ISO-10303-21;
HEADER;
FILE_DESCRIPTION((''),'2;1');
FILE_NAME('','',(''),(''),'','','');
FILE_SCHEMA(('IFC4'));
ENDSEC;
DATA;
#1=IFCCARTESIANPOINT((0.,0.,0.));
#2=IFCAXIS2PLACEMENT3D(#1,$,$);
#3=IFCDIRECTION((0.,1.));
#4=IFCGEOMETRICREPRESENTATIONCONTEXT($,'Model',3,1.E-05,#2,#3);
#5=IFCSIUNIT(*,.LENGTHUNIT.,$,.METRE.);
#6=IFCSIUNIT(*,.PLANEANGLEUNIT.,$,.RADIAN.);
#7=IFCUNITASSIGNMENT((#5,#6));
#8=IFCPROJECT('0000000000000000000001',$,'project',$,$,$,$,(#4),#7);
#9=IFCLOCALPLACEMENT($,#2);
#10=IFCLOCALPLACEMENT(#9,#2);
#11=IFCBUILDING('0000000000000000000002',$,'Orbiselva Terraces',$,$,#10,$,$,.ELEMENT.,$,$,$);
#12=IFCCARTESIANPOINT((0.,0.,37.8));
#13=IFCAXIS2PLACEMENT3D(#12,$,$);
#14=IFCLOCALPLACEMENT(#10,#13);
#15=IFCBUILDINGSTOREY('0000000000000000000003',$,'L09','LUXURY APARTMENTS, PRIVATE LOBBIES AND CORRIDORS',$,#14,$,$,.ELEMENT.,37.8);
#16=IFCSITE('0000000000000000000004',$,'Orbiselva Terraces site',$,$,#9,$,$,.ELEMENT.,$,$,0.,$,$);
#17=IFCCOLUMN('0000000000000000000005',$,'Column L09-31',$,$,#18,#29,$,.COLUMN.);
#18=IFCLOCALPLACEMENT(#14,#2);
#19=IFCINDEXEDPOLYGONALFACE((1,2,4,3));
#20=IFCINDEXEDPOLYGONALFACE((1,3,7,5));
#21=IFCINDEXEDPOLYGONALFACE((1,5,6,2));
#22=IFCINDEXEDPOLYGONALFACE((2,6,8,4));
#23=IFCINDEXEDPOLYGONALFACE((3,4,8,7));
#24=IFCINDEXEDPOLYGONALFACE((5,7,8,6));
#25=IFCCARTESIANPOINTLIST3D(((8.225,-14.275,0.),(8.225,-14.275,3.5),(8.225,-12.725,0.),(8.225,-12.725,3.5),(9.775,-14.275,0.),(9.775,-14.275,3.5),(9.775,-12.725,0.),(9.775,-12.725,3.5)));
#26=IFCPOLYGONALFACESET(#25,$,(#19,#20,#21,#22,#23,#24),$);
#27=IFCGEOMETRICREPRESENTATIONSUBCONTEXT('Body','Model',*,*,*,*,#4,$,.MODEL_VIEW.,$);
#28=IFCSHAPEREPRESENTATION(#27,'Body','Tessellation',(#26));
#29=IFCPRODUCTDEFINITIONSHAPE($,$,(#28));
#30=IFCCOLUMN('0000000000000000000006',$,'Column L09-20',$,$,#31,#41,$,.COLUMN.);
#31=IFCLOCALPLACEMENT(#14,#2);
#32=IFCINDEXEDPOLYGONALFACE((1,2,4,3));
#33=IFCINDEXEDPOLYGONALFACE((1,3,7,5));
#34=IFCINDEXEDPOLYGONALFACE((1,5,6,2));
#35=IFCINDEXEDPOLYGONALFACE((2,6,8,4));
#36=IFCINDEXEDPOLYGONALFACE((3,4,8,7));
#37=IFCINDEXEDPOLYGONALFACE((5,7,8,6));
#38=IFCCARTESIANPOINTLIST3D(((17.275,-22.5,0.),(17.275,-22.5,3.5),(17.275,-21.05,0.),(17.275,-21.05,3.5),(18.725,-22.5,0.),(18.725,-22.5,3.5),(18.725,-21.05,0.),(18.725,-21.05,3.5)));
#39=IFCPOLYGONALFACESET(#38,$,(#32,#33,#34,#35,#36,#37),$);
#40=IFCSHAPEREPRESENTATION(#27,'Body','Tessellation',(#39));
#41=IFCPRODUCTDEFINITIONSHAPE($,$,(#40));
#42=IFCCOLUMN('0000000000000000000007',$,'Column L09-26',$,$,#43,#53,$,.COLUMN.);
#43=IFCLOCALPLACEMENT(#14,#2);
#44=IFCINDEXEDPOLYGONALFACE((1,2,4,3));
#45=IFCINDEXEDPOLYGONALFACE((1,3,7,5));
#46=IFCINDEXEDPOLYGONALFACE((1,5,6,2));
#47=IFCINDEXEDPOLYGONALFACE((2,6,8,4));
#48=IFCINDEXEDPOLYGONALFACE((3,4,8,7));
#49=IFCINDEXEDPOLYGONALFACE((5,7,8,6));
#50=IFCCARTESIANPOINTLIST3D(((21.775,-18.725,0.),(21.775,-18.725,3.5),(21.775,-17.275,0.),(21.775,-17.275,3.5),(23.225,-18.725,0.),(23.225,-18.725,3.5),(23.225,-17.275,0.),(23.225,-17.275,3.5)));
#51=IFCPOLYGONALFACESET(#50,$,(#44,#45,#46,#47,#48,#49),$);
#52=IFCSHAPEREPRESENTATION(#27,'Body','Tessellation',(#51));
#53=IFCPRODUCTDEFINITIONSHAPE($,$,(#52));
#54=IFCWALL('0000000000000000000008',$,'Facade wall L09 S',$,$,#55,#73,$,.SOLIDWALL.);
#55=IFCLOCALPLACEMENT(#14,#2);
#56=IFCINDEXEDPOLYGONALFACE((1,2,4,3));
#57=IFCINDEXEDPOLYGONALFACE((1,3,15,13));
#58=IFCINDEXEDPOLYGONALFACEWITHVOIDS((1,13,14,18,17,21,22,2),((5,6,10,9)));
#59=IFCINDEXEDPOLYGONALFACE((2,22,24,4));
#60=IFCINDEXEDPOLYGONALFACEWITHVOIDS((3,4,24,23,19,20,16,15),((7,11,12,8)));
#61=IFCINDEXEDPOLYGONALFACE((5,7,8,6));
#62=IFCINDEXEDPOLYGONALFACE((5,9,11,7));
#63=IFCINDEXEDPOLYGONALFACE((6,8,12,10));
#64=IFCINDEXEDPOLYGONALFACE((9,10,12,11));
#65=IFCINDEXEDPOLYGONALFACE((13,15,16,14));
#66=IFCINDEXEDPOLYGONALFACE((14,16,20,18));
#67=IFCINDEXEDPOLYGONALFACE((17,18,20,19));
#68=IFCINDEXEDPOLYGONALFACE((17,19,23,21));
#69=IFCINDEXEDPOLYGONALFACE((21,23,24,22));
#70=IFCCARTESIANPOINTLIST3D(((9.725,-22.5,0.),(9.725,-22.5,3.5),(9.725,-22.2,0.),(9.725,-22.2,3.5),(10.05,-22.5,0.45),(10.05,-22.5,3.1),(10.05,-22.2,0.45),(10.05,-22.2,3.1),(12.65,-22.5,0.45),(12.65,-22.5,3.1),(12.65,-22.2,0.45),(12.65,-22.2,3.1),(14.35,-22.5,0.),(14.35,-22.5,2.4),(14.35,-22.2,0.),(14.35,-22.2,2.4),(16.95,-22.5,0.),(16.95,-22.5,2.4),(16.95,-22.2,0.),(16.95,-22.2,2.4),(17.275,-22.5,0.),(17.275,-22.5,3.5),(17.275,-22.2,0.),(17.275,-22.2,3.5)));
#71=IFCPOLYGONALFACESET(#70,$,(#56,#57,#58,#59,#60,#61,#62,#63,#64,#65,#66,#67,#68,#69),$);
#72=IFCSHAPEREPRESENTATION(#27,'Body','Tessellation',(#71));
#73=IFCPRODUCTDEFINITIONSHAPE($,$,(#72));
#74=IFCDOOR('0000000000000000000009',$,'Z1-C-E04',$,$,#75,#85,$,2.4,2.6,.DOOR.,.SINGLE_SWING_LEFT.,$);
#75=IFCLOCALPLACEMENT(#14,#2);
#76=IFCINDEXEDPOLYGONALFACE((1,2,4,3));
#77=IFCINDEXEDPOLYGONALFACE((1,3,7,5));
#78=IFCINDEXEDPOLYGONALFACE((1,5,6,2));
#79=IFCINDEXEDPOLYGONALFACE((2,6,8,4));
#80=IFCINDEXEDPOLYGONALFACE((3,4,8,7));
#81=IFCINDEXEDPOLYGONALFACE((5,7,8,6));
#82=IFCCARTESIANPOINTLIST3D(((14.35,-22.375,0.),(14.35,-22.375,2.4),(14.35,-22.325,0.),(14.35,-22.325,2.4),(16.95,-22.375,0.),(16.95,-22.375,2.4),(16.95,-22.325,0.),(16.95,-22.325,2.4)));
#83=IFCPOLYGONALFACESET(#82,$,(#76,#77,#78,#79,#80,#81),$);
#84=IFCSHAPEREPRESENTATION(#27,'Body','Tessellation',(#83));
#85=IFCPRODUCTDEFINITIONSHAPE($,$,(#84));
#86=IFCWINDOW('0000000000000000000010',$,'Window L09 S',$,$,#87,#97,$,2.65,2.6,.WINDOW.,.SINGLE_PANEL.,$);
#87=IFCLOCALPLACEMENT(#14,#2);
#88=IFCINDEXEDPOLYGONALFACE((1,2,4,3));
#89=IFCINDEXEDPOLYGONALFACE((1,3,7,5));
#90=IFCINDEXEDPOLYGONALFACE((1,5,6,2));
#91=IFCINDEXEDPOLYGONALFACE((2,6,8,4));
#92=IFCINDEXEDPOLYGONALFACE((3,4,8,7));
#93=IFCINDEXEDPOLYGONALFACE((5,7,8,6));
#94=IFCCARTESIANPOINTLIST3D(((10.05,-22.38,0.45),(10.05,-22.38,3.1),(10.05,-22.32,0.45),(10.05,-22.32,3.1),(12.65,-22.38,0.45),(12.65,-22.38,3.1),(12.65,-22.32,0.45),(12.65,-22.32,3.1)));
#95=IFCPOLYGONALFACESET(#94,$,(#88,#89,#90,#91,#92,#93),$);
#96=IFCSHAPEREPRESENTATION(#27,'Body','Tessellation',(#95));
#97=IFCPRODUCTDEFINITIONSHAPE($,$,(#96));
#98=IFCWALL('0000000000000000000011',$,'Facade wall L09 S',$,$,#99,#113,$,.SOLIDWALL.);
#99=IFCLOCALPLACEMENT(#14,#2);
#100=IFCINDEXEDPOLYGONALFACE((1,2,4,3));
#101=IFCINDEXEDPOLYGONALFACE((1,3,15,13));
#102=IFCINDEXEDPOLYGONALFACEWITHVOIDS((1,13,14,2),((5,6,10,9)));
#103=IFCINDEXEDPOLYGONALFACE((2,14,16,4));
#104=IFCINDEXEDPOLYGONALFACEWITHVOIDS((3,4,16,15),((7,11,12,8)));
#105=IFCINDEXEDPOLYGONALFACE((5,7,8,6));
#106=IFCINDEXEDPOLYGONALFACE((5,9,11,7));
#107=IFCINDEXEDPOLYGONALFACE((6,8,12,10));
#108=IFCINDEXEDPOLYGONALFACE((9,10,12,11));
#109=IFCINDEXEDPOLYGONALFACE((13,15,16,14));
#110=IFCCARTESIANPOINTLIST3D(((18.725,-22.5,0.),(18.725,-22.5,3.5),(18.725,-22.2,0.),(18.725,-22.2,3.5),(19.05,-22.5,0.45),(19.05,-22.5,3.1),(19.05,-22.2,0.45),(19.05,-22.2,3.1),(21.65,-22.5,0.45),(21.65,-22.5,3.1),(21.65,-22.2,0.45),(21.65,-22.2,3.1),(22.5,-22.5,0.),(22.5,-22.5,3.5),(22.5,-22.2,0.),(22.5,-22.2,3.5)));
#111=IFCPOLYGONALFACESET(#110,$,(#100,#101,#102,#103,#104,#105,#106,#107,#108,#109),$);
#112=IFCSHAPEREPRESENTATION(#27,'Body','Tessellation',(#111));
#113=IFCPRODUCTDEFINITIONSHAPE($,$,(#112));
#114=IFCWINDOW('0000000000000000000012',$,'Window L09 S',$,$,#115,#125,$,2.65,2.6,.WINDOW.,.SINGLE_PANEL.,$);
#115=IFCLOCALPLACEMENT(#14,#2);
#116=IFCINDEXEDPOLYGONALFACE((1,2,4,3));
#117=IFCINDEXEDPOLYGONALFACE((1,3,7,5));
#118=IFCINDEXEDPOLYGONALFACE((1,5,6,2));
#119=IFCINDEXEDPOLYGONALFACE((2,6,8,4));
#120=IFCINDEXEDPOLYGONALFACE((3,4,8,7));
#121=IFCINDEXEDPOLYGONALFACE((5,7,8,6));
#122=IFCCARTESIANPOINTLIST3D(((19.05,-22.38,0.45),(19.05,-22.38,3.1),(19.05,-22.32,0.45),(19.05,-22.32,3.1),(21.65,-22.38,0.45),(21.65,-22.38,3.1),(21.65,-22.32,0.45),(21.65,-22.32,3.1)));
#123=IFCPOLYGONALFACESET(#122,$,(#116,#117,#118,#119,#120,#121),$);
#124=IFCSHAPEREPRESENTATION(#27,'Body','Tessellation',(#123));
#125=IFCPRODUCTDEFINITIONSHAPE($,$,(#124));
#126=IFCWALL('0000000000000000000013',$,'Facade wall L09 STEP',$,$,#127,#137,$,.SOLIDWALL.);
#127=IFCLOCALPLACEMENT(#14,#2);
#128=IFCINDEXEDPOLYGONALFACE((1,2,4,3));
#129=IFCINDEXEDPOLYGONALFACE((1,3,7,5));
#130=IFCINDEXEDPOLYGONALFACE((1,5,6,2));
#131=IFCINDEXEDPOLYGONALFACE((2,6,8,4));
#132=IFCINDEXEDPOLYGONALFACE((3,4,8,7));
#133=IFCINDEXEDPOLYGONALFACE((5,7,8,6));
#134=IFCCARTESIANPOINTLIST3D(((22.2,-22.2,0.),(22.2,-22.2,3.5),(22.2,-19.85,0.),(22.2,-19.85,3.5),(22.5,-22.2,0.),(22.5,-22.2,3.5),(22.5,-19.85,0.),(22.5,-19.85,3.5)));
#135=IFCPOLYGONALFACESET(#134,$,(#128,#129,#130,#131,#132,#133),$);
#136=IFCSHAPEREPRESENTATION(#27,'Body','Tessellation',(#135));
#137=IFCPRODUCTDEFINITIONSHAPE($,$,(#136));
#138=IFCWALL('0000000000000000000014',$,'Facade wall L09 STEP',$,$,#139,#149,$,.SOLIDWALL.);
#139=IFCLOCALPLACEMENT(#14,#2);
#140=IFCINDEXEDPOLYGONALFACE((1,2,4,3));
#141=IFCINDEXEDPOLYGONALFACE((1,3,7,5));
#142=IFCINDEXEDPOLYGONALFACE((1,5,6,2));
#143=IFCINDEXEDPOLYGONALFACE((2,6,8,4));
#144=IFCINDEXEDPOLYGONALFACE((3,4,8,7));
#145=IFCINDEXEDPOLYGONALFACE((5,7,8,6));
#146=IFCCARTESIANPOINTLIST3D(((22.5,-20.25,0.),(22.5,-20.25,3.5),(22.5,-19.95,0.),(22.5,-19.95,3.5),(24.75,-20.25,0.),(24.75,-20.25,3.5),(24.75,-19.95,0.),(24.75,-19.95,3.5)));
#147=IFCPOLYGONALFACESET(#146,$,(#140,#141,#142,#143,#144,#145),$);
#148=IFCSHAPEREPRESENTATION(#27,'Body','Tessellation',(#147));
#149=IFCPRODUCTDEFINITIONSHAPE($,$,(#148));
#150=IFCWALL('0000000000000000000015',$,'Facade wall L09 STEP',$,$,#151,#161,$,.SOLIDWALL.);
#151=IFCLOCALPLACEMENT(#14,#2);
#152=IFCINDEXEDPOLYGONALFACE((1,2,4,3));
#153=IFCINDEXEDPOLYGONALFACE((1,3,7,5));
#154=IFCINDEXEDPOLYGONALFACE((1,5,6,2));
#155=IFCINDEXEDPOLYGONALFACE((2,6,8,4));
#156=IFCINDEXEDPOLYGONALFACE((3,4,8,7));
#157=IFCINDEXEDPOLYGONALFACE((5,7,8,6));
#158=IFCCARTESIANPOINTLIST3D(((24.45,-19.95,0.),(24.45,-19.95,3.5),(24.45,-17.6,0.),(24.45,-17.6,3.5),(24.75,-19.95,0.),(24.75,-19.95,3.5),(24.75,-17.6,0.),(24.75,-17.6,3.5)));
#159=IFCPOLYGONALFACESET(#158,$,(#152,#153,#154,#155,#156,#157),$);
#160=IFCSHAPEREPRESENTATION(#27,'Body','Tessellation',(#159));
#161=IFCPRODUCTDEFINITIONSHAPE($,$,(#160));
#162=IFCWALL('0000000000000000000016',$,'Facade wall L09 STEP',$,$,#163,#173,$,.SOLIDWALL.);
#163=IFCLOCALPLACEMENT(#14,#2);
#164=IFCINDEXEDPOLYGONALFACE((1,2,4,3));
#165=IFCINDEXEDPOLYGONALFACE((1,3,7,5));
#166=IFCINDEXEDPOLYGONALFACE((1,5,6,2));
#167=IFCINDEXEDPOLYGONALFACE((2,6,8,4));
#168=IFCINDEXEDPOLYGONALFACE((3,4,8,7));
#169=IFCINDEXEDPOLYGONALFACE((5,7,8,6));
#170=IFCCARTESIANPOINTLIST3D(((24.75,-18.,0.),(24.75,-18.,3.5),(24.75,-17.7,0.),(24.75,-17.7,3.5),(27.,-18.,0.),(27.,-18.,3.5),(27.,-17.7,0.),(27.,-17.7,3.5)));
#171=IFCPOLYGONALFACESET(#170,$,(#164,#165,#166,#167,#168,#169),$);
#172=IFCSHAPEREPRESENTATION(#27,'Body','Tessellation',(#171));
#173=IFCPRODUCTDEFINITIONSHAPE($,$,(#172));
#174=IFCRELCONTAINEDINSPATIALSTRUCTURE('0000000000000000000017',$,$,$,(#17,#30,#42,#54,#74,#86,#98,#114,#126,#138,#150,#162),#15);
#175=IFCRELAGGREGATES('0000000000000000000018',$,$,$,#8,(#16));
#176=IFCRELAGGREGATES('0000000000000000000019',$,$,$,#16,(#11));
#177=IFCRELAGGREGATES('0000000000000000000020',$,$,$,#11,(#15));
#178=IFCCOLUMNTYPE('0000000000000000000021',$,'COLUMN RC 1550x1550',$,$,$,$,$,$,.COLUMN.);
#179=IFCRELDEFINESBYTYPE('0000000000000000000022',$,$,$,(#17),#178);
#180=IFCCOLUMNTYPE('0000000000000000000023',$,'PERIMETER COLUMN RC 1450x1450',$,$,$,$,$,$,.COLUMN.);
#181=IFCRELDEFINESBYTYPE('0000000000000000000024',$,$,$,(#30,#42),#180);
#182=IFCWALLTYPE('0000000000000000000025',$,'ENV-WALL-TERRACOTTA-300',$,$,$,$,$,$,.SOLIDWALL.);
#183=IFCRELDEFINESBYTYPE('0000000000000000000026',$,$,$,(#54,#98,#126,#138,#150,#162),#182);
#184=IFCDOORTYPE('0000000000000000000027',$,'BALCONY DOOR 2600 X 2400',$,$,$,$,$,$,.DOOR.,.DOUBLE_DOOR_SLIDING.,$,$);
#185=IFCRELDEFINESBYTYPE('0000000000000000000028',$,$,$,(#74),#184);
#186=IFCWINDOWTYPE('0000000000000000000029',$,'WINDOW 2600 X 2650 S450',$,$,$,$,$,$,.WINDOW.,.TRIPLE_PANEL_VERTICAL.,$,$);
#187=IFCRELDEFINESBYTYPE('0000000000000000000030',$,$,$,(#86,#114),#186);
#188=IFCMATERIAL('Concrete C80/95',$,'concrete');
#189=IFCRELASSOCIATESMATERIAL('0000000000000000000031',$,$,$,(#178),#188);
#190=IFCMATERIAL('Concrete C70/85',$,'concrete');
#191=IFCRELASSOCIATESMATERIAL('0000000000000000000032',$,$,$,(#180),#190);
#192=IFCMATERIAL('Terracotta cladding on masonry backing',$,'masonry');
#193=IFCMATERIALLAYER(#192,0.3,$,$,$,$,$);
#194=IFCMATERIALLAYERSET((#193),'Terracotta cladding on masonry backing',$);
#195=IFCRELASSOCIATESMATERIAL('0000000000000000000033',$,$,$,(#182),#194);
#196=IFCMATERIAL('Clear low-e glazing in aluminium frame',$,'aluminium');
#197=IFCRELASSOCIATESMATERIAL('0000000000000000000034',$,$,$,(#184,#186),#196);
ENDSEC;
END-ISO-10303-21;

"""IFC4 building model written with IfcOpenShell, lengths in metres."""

from ifc_helpers import new_model, si_unit, direction, frame, frame_2d, origin, origin_2d, place, context, subcontext, project, spatial, rectangle, extrude, material, layer, layer_set, material_profile, profile_set, type_object, element, fill, save


model = new_model("IFC4")

# Units and contexts
model_context = context("Model", 3, precision=1e-05, world=origin(), true_north=direction((0.0, 1.0)))
body_context = subcontext(model_context, "Body", "Model", "MODEL_VIEW")
ifc_project = project(units=[si_unit("LENGTHUNIT", "METRE"), si_unit("PLANEANGLEUNIT", "RADIAN")], contexts=[model_context])

# Site, building, storey
site_placement = place(None, origin())
site = spatial("IfcSite", under=ifc_project, at=site_placement, Name="Orbiselva Terraces site", CompositionType="ELEMENT", RefElevation=0.0)
building_placement = place(site_placement, origin())
building = spatial("IfcBuilding", under=site, at=building_placement, Name="Orbiselva Terraces", CompositionType="ELEMENT")
storey_placement = place(building_placement, frame((0.0, 0.0, 37.8)))
storey = spatial("IfcBuildingStorey", under=building, at=storey_placement, Name="L09", Description="LUXURY APARTMENTS, PRIVATE LOBBIES AND CORRIDORS", CompositionType="ELEMENT", Elevation=37.8)

# Columns
ifc_material_1 = material(Name="Concrete C80/95", Category="concrete")
ifc_material_profile_1 = material_profile(ifc_material_1, rectangle(XDim=1.55, YDim=1.55, at=origin_2d()), Name="RC 1550x1550")
ifc_profile_set_1 = profile_set([ifc_material_profile_1], Name="Concrete C80/95")
column_type_1 = type_object("IfcColumnType", Name="COLUMN RC 1550x1550", PredefinedType="COLUMN", material=ifc_profile_set_1)
column_placement = place(storey_placement, frame((9.0, -13.5, 0.0), z_axis=(0.0, 0.0, 1.0), x_axis=(1.0, 0.0, 0.0)))
element("IfcColumn", 1, at=column_placement, inside=storey, type_object=column_type_1, Name="Column L09-31", PredefinedType="COLUMN", context=body_context, shape_type="SweptSolid", body=[
    extrude(rectangle(XDim=1.55, YDim=1.55, at=origin_2d()), origin(), (0.0, 0.0, 1.0), 3.5),
])
ifc_material_2 = material(Name="Concrete C70/85", Category="concrete")
ifc_material_profile_2 = material_profile(ifc_material_2, rectangle(XDim=1.45, YDim=1.45, at=origin_2d()), Name="RC 1450x1450")
ifc_profile_set_2 = profile_set([ifc_material_profile_2], Name="Concrete C70/85")
column_type_2 = type_object("IfcColumnType", Name="PERIMETER COLUMN RC 1450x1450", PredefinedType="COLUMN", material=ifc_profile_set_2)
for number, where, z_axis, x_axis, name in (
    (2, (18.0, -21.775, 0.0), (0.0, 0.0, 1.0), (1.0, 0.0, 0.0), "Column L09-20"),
    (3, (22.5, -18.0, 0.0), (0.0, 0.0, 1.0), (1.0, 0.0, 0.0), "Column L09-26"),
):
    element("IfcColumn", number, at=place(storey_placement, frame(where, z_axis=z_axis, x_axis=x_axis)), inside=storey, type_object=column_type_2, Name=name, PredefinedType="COLUMN", context=body_context, shape_type="SweptSolid", body=[
        extrude(rectangle(XDim=1.45, YDim=1.45, at=origin_2d()), origin(), (0.0, 0.0, 1.0), 3.5),
    ])

# Wall, openings, door, window
ifc_material_3 = material(Name="Terracotta cladding on masonry backing", Category="masonry")
ifc_layer_1 = layer(ifc_material_3, 0.3)
ifc_layer_set_1 = layer_set([ifc_layer_1], Name="Terracotta cladding on masonry backing")
wall_type_1 = type_object("IfcWallType", Name="ENV-WALL-TERRACOTTA-300", PredefinedType="SOLIDWALL", material=ifc_layer_set_1)
wall_1_placement = place(storey_placement, frame((17.275, -22.35, 0.0), z_axis=(0.0, 0.0, 1.0), x_axis=(-1.0, 0.0, 0.0)))
wall_1 = element("IfcWall", 4, at=wall_1_placement, inside=storey, type_object=wall_type_1, Name="Facade wall L09 S", PredefinedType="SOLIDWALL", context=body_context, shape_type="SweptSolid", body=[
    extrude(rectangle(XDim=7.55, YDim=0.3, at=frame_2d((3.775, 0.0))), origin(), (0.0, 0.0, 1.0), 3.5),
])
opening_1_placement = place(wall_1_placement, frame((4.625, 0.0, 0.45)))
opening_1 = element("IfcOpeningElement", 5, at=opening_1_placement, cuts=wall_1, PredefinedType="OPENING", context=body_context, shape_type="SweptSolid", body=[
    extrude(rectangle(XDim=2.6, YDim=2.65, at=frame_2d((1.3, 1.325))), frame((0.0, 0.16, 0.0), z_axis=(0.0, -1.0, 0.0), x_axis=(1.0, 0.0, 0.0)), (0.0, 0.0, 1.0), 0.32),
])
opening_2_placement = place(wall_1_placement, frame((0.325, 0.0, 0.0)))
opening_2 = element("IfcOpeningElement", 6, at=opening_2_placement, cuts=wall_1, PredefinedType="OPENING", context=body_context, shape_type="SweptSolid", body=[
    extrude(rectangle(XDim=2.6, YDim=2.4, at=frame_2d((1.3, 1.2))), frame((0.0, 0.16, 0.0), z_axis=(0.0, -1.0, 0.0), x_axis=(1.0, 0.0, 0.0)), (0.0, 0.0, 1.0), 0.32),
])
ifc_material_4 = material(Name="Clear low-e glazing in aluminium frame", Category="aluminium")
door_type_1 = type_object("IfcDoorType", Name="BALCONY DOOR 2600 X 2400", OperationType="DOUBLE_DOOR_SLIDING", PredefinedType="DOOR", material=ifc_material_4)
door_1_placement = place(opening_2_placement, origin())
door_1 = element("IfcDoor", 7, at=door_1_placement, inside=storey, type_object=door_type_1, Name="Z1-C-E04", OperationType="SINGLE_SWING_LEFT", OverallHeight=2.4, OverallWidth=2.6, PredefinedType="DOOR", context=body_context, shape_type="SweptSolid", body=[
    extrude(rectangle(XDim=2.6, YDim=2.4, at=frame_2d((1.3, 1.2))), frame((0.0, 0.025, 0.0), z_axis=(0.0, -1.0, 0.0), x_axis=(1.0, 0.0, 0.0)), (0.0, 0.0, 1.0), 0.05),
])
fill(opening_2, door_1)
window_type = type_object("IfcWindowType", Name="WINDOW 2600 X 2650 S450", PartitioningType="TRIPLE_PANEL_VERTICAL", PredefinedType="WINDOW", material=ifc_material_4)
window_1_placement = place(opening_1_placement, origin())
window_1 = element("IfcWindow", 8, at=window_1_placement, inside=storey, type_object=window_type, Name="Window L09 S", OverallHeight=2.65, OverallWidth=2.6, PartitioningType="SINGLE_PANEL", PredefinedType="WINDOW", context=body_context, shape_type="SweptSolid", body=[
    extrude(rectangle(XDim=2.6, YDim=2.65, at=frame_2d((1.3, 1.325))), frame((0.0, 0.03, 0.0), z_axis=(0.0, -1.0, 0.0), x_axis=(1.0, 0.0, 0.0)), (0.0, 0.0, 1.0), 0.06),
])
fill(opening_1, window_1)

# Wall, opening, window
wall_2_placement = place(storey_placement, frame((22.5, -22.35, 0.0), z_axis=(0.0, 0.0, 1.0), x_axis=(-1.0, 0.0, 0.0)))
wall_2 = element("IfcWall", 9, at=wall_2_placement, inside=storey, type_object=wall_type_1, Name="Facade wall L09 S", PredefinedType="SOLIDWALL", context=body_context, shape_type="SweptSolid", body=[
    extrude(rectangle(XDim=3.775, YDim=0.3, at=frame_2d((1.8875, 0.0))), origin(), (0.0, 0.0, 1.0), 3.5),
])
opening_3_placement = place(wall_2_placement, frame((0.85, 0.0, 0.45)))
opening_3 = element("IfcOpeningElement", 10, at=opening_3_placement, cuts=wall_2, PredefinedType="OPENING", context=body_context, shape_type="SweptSolid", body=[
    extrude(rectangle(XDim=2.6, YDim=2.65, at=frame_2d((1.3, 1.325))), frame((0.0, 0.16, 0.0), z_axis=(0.0, -1.0, 0.0), x_axis=(1.0, 0.0, 0.0)), (0.0, 0.0, 1.0), 0.32),
])
window_2_placement = place(opening_3_placement, origin())
window_2 = element("IfcWindow", 11, at=window_2_placement, inside=storey, type_object=window_type, Name="Window L09 S", OverallHeight=2.65, OverallWidth=2.6, PartitioningType="SINGLE_PANEL", PredefinedType="WINDOW", context=body_context, shape_type="SweptSolid", body=[
    extrude(rectangle(XDim=2.6, YDim=2.65, at=frame_2d((1.3, 1.325))), frame((0.0, 0.03, 0.0), z_axis=(0.0, -1.0, 0.0), x_axis=(1.0, 0.0, 0.0)), (0.0, 0.0, 1.0), 0.06),
])
fill(opening_3, window_2)

# Walls
wall_3_placement = place(storey_placement, frame((22.35, -19.85, 0.0), z_axis=(0.0, 0.0, 1.0), x_axis=(0.0, -1.0, 0.0)))
element("IfcWall", 12, at=wall_3_placement, inside=storey, type_object=wall_type_1, Name="Facade wall L09 STEP", PredefinedType="SOLIDWALL", context=body_context, shape_type="SweptSolid", body=[
    extrude(rectangle(XDim=2.35, YDim=0.3, at=frame_2d((1.175, 0.0))), origin(), (0.0, 0.0, 1.0), 3.5),
])
wall_4_placement = place(storey_placement, frame((24.75, -20.1, 0.0), z_axis=(0.0, 0.0, 1.0), x_axis=(-1.0, 0.0, 0.0)))
element("IfcWall", 13, at=wall_4_placement, inside=storey, type_object=wall_type_1, Name="Facade wall L09 STEP", PredefinedType="SOLIDWALL", context=body_context, shape_type="SweptSolid", body=[
    extrude(rectangle(XDim=2.25, YDim=0.3, at=frame_2d((1.125, 0.0))), origin(), (0.0, 0.0, 1.0), 3.5),
])
wall_5_placement = place(storey_placement, frame((24.6, -17.6, 0.0), z_axis=(0.0, 0.0, 1.0), x_axis=(0.0, -1.0, 0.0)))
element("IfcWall", 14, at=wall_5_placement, inside=storey, type_object=wall_type_1, Name="Facade wall L09 STEP", PredefinedType="SOLIDWALL", context=body_context, shape_type="SweptSolid", body=[
    extrude(rectangle(XDim=2.35, YDim=0.3, at=frame_2d((1.175, 0.0))), origin(), (0.0, 0.0, 1.0), 3.5),
])
wall_6_placement = place(storey_placement, frame((27.0, -17.85, 0.0), z_axis=(0.0, 0.0, 1.0), x_axis=(-1.0, 0.0, 0.0)))
element("IfcWall", 15, at=wall_6_placement, inside=storey, type_object=wall_type_1, Name="Facade wall L09 STEP", PredefinedType="SOLIDWALL", context=body_context, shape_type="SweptSolid", body=[
    extrude(rectangle(XDim=2.25, YDim=0.3, at=frame_2d((1.125, 0.0))), origin(), (0.0, 0.0, 1.0), 3.5),
])

save(model, "model.ifc")
